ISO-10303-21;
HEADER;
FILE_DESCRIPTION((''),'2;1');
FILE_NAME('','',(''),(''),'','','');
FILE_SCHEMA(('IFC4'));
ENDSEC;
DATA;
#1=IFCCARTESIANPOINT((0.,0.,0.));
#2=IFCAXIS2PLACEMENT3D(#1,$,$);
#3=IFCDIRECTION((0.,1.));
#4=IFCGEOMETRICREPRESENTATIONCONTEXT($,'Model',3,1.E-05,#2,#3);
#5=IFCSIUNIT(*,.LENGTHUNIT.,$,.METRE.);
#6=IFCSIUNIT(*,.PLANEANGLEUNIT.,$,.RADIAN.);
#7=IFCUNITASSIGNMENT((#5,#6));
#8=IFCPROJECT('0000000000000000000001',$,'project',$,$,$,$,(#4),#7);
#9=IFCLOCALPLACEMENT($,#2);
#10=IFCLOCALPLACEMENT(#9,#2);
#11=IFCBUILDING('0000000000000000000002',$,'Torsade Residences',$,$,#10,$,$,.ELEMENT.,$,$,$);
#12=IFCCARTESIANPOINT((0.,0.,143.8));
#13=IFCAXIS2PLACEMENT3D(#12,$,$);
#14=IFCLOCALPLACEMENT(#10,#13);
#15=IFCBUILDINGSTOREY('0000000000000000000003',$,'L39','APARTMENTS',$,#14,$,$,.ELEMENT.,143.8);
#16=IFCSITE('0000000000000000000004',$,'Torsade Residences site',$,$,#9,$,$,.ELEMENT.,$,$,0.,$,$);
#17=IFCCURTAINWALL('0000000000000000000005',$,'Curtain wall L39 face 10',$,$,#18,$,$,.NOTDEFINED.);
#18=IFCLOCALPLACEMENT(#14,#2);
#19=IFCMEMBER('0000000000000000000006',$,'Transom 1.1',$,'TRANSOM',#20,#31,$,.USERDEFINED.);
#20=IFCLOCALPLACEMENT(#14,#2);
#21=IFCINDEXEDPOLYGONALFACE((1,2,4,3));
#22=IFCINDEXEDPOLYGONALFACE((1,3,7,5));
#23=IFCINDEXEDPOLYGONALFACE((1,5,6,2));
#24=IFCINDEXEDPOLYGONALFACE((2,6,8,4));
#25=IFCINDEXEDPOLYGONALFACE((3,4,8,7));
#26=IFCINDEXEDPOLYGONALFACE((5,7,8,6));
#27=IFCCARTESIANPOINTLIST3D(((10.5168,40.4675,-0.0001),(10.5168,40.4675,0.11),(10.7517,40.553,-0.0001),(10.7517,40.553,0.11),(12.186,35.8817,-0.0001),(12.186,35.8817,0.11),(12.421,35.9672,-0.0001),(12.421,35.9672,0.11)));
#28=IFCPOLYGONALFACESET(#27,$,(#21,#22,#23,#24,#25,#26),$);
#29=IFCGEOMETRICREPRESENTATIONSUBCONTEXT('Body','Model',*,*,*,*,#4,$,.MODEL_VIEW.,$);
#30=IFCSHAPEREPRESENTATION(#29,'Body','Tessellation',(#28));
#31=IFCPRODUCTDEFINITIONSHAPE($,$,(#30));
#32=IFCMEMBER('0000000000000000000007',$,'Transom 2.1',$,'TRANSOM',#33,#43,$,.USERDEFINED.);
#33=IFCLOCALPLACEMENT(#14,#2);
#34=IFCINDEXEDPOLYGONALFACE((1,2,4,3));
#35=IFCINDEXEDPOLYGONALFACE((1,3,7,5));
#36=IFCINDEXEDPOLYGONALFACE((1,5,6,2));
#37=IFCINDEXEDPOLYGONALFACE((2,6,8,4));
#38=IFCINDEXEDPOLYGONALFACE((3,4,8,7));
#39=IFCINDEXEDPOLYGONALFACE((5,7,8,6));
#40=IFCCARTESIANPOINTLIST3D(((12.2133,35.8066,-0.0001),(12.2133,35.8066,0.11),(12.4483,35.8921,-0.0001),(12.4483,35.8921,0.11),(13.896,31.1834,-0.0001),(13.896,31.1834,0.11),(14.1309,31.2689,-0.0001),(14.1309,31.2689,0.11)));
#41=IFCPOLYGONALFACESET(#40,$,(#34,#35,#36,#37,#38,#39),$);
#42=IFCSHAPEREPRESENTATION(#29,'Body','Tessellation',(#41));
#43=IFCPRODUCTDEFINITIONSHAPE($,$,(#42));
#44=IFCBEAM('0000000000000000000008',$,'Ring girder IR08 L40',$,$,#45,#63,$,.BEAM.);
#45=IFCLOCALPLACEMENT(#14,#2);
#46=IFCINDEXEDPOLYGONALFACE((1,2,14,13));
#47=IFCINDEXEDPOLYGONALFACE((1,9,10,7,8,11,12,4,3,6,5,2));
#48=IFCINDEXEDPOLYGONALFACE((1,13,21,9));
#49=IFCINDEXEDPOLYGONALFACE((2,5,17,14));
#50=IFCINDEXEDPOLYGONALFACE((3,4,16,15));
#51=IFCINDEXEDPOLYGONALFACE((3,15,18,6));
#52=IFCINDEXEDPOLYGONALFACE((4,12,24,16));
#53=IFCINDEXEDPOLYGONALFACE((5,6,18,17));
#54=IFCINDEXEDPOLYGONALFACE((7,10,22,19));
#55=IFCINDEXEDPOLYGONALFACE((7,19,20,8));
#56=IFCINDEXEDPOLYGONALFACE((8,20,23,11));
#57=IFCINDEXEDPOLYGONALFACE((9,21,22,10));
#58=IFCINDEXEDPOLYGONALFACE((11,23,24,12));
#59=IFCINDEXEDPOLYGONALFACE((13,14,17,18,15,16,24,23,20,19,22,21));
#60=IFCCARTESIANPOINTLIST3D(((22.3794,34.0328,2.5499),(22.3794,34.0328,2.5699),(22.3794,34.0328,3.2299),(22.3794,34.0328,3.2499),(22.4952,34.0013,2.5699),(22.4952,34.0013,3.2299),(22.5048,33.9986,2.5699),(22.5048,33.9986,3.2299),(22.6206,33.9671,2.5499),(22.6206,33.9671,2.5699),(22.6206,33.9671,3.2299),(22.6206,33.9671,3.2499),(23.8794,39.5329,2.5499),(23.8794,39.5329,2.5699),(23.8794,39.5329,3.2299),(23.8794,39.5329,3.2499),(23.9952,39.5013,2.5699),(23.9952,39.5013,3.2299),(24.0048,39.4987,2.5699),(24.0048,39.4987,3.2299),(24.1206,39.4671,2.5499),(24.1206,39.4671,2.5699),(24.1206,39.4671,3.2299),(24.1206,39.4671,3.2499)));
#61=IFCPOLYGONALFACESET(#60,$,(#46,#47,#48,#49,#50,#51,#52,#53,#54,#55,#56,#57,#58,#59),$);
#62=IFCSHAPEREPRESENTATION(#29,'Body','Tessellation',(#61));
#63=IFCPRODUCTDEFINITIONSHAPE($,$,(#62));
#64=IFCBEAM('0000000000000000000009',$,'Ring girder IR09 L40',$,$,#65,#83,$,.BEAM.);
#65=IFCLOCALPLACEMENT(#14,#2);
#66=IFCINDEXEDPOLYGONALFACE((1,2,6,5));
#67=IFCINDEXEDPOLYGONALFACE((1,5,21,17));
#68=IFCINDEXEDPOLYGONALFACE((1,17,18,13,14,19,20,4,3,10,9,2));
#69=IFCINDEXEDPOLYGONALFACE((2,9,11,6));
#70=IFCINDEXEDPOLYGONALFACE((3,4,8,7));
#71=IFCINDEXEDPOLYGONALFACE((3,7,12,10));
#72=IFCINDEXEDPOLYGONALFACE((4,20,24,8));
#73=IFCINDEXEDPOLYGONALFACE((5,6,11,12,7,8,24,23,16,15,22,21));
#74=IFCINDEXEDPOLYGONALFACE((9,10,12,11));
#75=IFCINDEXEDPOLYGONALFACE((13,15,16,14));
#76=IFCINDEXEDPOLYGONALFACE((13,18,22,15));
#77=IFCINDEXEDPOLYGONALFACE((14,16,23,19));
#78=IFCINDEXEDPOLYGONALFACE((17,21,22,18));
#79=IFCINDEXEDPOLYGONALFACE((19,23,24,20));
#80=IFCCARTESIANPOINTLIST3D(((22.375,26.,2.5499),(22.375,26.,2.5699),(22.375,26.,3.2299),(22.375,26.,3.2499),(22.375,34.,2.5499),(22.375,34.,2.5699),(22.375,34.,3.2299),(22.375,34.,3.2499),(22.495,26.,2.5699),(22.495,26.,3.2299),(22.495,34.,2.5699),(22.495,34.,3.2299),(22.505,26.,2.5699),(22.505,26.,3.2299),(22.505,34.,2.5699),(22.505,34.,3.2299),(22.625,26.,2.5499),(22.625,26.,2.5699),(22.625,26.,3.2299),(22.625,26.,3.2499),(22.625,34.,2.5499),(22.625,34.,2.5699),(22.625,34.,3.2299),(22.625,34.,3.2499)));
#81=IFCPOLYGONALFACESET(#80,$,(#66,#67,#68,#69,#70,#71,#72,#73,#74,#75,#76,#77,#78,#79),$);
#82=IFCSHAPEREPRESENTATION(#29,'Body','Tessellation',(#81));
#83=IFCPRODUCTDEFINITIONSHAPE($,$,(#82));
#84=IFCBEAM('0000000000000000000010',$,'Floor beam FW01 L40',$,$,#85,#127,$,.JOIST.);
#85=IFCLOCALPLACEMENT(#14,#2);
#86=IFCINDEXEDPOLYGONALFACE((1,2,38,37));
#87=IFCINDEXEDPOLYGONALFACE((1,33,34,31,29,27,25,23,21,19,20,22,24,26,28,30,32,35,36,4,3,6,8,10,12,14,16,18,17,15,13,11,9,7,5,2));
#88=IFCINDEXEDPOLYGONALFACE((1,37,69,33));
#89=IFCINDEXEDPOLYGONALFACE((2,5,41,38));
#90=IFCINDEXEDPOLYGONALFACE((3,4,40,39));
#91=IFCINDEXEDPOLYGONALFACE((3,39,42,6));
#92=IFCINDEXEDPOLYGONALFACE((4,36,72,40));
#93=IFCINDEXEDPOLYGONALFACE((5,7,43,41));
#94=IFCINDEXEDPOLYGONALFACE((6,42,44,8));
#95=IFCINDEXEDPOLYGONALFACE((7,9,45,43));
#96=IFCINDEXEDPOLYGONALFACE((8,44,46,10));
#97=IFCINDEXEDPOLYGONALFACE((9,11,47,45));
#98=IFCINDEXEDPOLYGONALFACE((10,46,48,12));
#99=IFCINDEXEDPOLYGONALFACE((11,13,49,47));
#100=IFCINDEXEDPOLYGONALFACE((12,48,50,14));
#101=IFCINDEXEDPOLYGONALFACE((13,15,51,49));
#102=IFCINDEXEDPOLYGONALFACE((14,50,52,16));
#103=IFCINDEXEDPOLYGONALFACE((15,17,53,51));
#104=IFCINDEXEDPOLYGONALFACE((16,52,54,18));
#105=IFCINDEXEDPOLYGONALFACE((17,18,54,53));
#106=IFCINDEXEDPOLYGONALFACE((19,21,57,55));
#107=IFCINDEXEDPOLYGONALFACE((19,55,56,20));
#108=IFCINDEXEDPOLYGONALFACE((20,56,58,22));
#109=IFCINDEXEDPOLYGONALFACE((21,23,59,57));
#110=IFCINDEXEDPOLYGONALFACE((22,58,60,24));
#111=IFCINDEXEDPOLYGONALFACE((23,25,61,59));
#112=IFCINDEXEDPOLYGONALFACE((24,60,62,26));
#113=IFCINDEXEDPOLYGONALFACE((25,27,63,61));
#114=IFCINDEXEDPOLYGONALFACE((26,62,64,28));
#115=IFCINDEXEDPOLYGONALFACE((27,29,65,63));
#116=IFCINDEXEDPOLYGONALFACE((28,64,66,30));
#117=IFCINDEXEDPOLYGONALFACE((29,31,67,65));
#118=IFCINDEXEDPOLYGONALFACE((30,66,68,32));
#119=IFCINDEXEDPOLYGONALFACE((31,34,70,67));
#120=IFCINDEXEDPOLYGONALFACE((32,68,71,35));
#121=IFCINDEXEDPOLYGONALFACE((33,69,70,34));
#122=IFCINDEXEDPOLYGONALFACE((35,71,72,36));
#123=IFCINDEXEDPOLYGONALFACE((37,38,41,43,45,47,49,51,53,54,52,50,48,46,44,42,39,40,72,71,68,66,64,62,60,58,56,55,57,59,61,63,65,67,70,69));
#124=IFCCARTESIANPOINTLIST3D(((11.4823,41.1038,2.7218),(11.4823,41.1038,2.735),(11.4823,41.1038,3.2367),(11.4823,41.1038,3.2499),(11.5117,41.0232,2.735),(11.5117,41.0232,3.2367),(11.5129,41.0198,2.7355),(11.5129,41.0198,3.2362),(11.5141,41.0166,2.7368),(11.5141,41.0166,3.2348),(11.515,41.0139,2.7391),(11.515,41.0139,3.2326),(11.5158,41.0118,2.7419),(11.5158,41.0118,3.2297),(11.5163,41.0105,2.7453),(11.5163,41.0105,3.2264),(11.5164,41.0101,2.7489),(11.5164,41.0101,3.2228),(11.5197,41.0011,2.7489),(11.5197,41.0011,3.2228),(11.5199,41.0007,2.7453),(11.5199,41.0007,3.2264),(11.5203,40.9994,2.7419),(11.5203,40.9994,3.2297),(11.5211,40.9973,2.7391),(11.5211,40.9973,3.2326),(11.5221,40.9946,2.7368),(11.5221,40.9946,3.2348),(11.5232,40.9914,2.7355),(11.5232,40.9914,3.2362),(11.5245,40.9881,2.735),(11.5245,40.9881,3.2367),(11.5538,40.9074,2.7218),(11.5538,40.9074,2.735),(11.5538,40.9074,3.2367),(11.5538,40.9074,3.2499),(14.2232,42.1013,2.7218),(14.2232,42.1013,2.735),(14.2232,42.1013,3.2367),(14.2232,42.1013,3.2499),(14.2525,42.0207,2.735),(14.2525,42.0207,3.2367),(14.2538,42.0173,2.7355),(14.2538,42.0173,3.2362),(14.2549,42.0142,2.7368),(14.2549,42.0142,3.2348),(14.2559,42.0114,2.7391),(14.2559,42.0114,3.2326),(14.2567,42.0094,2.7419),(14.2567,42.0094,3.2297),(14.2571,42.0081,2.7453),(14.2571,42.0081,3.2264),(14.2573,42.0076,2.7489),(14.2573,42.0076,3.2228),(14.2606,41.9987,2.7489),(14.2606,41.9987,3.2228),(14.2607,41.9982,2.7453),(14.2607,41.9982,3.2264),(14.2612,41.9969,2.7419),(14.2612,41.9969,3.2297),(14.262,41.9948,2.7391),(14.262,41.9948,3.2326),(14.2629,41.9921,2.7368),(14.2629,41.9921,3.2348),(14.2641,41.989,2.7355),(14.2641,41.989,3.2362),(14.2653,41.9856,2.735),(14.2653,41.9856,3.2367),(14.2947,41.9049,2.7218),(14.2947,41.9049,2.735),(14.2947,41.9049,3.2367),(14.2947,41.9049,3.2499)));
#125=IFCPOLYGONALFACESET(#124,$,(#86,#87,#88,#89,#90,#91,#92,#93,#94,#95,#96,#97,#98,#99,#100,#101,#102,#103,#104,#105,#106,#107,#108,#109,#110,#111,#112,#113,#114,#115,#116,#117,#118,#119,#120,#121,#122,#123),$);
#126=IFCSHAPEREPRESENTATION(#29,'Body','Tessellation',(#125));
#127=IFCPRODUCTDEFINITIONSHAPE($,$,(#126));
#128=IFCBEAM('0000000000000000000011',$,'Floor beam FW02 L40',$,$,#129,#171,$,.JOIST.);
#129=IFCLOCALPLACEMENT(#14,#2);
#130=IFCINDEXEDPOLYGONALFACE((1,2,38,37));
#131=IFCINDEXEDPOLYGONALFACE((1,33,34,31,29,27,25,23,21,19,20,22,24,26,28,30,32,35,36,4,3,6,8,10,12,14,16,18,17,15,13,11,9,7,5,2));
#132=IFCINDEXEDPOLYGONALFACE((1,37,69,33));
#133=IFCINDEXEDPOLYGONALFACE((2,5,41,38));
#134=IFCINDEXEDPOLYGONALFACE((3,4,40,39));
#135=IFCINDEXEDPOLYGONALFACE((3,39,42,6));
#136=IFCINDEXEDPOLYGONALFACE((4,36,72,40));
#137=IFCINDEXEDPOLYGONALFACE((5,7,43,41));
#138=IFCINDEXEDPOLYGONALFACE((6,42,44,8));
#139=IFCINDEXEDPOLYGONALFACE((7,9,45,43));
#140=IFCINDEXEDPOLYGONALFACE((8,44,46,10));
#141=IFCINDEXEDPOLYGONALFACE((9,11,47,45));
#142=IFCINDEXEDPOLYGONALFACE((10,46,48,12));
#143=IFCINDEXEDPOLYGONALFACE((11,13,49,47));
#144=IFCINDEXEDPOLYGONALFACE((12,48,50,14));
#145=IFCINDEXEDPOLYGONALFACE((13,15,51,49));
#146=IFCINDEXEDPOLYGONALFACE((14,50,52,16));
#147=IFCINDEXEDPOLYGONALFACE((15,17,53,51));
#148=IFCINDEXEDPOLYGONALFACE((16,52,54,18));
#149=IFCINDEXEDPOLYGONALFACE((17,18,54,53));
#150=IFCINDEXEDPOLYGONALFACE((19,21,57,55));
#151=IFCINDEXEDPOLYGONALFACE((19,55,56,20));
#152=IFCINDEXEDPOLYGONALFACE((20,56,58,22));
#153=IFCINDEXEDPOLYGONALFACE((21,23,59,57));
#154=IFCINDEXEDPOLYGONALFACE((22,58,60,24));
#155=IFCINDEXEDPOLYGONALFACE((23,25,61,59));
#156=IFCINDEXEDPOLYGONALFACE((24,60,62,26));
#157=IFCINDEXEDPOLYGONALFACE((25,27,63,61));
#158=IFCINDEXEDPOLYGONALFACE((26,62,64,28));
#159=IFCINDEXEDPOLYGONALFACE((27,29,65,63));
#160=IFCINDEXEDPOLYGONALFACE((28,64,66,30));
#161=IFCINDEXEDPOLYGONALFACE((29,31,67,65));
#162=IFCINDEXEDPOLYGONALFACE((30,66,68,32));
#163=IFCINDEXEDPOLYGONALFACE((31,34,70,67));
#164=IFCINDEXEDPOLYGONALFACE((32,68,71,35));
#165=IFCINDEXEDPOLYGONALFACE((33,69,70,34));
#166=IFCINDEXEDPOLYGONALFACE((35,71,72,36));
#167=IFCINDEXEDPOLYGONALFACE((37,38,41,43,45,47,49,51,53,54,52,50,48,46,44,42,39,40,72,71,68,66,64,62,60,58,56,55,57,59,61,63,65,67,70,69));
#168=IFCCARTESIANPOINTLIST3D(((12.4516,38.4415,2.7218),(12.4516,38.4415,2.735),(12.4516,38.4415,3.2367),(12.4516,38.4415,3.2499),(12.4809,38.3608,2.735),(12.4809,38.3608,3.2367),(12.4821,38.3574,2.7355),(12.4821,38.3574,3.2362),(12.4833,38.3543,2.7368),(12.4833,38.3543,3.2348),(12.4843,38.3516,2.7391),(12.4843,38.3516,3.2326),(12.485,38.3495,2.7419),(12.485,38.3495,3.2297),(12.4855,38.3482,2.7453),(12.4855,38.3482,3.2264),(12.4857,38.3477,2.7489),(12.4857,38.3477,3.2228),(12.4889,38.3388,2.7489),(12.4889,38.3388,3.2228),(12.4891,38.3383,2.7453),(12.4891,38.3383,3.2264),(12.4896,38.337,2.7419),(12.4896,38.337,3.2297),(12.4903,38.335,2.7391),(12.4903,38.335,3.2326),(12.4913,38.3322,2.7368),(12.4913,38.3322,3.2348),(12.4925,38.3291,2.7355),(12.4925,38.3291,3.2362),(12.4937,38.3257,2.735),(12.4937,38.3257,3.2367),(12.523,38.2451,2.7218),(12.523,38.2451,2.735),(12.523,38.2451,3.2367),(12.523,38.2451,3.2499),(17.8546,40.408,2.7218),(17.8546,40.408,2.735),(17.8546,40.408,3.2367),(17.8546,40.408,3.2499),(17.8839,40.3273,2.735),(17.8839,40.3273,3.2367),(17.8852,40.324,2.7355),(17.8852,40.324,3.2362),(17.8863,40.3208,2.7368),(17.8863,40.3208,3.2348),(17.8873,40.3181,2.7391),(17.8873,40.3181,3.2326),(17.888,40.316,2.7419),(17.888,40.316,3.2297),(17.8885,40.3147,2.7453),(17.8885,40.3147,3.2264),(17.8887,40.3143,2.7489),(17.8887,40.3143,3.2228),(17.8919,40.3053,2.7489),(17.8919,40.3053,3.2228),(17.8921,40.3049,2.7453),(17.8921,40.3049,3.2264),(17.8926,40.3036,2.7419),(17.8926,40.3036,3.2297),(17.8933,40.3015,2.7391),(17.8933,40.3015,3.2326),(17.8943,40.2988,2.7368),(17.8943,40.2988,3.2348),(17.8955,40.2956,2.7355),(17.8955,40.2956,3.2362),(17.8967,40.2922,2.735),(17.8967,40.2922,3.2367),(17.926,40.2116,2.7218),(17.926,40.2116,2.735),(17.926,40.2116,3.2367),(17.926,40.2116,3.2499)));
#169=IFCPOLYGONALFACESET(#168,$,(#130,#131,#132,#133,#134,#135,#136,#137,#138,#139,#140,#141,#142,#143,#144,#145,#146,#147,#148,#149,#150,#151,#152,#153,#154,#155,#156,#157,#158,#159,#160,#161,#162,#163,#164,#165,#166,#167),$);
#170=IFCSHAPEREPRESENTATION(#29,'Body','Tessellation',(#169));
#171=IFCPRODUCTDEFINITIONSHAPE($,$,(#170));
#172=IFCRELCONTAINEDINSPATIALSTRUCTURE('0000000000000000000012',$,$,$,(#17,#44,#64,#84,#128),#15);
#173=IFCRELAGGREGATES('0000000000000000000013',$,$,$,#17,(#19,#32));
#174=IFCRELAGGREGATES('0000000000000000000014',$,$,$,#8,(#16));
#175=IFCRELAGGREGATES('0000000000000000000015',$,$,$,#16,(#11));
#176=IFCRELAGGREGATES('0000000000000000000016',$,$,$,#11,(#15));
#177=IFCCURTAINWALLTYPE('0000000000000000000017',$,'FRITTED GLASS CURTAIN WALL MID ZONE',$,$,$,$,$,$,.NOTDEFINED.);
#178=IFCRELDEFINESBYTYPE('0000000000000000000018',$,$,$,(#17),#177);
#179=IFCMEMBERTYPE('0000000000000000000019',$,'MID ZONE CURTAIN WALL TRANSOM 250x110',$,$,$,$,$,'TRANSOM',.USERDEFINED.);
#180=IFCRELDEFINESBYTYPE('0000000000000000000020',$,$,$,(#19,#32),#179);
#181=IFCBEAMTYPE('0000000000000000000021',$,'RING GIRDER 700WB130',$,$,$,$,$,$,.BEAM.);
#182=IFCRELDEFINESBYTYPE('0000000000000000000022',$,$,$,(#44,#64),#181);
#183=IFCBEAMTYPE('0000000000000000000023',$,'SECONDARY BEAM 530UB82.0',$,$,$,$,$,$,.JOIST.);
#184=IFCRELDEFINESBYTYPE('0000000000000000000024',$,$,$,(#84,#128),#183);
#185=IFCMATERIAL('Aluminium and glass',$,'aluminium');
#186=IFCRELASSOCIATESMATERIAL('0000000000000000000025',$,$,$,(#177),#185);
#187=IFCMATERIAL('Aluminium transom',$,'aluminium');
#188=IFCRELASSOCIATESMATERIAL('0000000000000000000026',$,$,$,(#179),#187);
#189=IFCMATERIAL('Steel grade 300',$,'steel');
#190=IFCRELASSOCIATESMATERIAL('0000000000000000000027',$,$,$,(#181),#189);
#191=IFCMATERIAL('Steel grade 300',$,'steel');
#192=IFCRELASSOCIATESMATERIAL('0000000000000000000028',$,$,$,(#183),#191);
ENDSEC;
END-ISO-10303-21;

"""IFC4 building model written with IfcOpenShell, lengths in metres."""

from ifc_helpers import new_model, si_unit, direction, frame, origin, origin_2d, place, context, subcontext, project, spatial, rectangle, i_section, extrude, material, material_profile, profile_set, type_object, element, aggregate, save


model = new_model("IFC4")

# Units and contexts
model_context = context("Model", 3, precision=1e-05, world=origin(), true_north=direction((0.0, 1.0)))
body_context = subcontext(model_context, "Body", "Model", "MODEL_VIEW")
ifc_project = project(units=[si_unit("LENGTHUNIT", "METRE"), si_unit("PLANEANGLEUNIT", "RADIAN")], contexts=[model_context])

# Site, building, storey
site_placement = place(None, origin())
site = spatial("IfcSite", under=ifc_project, at=site_placement, Name="Torsade Residences site", CompositionType="ELEMENT", RefElevation=0.0)
building_placement = place(site_placement, origin())
building = spatial("IfcBuilding", under=site, at=building_placement, Name="Torsade Residences", CompositionType="ELEMENT")
storey_placement = place(building_placement, frame((0.0, 0.0, 143.8)))
storey = spatial("IfcBuildingStorey", under=building, at=storey_placement, Name="L39", Description="APARTMENTS", CompositionType="ELEMENT", Elevation=143.8)

# Curtain wall, members
ifc_material_1 = material(Name="Aluminium and glass", Category="aluminium")
curtain_wall_type = type_object("IfcCurtainWallType", Name="FRITTED GLASS CURTAIN WALL MID ZONE", PredefinedType="NOTDEFINED", material=ifc_material_1)
curtain_wall_placement = place(storey_placement, origin())
curtain_wall = element("IfcCurtainWall", 1, at=curtain_wall_placement, inside=storey, type_object=curtain_wall_type, Name="Curtain wall L39 face 10", PredefinedType="NOTDEFINED")
ifc_material_2 = material(Name="Aluminium transom", Category="aluminium")
ifc_material_profile_1 = material_profile(ifc_material_2, rectangle(XDim=0.25, YDim=0.1101, at=origin_2d()), Name="MID ZONE CURTAIN WALL TRANSOM 250x110")
ifc_profile_set_1 = profile_set([ifc_material_profile_1], Name="Aluminium transom")
member_type_1 = type_object("IfcMemberType", Name="MID ZONE CURTAIN WALL TRANSOM 250x110", ElementType="TRANSOM", PredefinedType="USERDEFINED", material=ifc_profile_set_1)
member_1_placement = place(storey_placement, frame((10.6343, 40.5103, 0.0549), z_axis=(0.342044, -0.939684, 0.0), x_axis=(0.939684, 0.342044, 0.0)))
member_1 = element("IfcMember", 2, at=member_1_placement, type_object=member_type_1, Name="Transom 1.1", ObjectType="TRANSOM", PredefinedType="USERDEFINED", context=body_context, shape_type="SweptSolid", body=[
    extrude(rectangle(XDim=0.25, YDim=0.1101, at=origin_2d()), origin(), (0.0, 0.0, 1.0), 4.8801),
])
member_2_placement = place(storey_placement, frame((12.3308, 35.8494, 0.0549), z_axis=(0.341998, -0.939701, 0.0), x_axis=(0.939701, 0.341998, 0.0)))
member_2 = element("IfcMember", 3, at=member_2_placement, type_object=member_type_1, Name="Transom 2.1", ObjectType="TRANSOM", PredefinedType="USERDEFINED", context=body_context, shape_type="SweptSolid", body=[
    extrude(rectangle(XDim=0.25, YDim=0.1101, at=origin_2d()), origin(), (0.0, 0.0, 1.0), 4.9199),
])

# Beams
ifc_material_3 = material(Name="Steel grade 300", Category="steel")
ifc_material_profile_2 = material_profile(ifc_material_3, i_section(OverallWidth=0.25, OverallDepth=0.7, WebThickness=0.01, FlangeThickness=0.02, at=origin_2d()), Name="700WB130")
ifc_profile_set_2 = profile_set([ifc_material_profile_2], Name="Steel grade 300")
beam_type_1 = type_object("IfcBeamType", Name="RING GIRDER 700WB130", PredefinedType="BEAM", material=ifc_profile_set_2)
beam_1_placement = place(storey_placement, frame((24.0, 39.5, 2.8999), z_axis=(-0.263117, -0.964764, 0.0), x_axis=(0.964764, -0.263117, 0.0)))
element("IfcBeam", 4, at=beam_1_placement, inside=storey, type_object=beam_type_1, Name="Ring girder IR08 L40", PredefinedType="BEAM", context=body_context, shape_type="SweptSolid", body=[
    extrude(i_section(OverallWidth=0.25, OverallDepth=0.7, WebThickness=0.01, FlangeThickness=0.02, at=origin_2d()), origin(), (0.0, 0.0, 1.0), 5.7009),
])
beam_2_placement = place(storey_placement, frame((22.5, 34.0, 2.8999), z_axis=(0.0, -1.0, 0.0), x_axis=(1.0, 0.0, 0.0)))
element("IfcBeam", 5, at=beam_2_placement, inside=storey, type_object=beam_type_1, Name="Ring girder IR09 L40", PredefinedType="BEAM", context=body_context, shape_type="SweptSolid", body=[
    extrude(i_section(OverallWidth=0.25, OverallDepth=0.7, WebThickness=0.01, FlangeThickness=0.02, at=origin_2d()), origin(), (0.0, 0.0, 1.0), 8.0),
])
ifc_material_4 = material(Name="Steel grade 300", Category="steel")
ifc_material_profile_3 = material_profile(ifc_material_4, i_section(OverallWidth=0.209, OverallDepth=0.5281, WebThickness=0.0095, FlangeThickness=0.0132, FilletRadius=0.0139, at=origin_2d()), Name="530UB82.0")
ifc_profile_set_3 = profile_set([ifc_material_profile_3], Name="Steel grade 300")
beam_type_2 = type_object("IfcBeamType", Name="SECONDARY BEAM 530UB82.0", PredefinedType="JOIST", material=ifc_profile_set_3)
beam_3_placement = place(storey_placement, frame((11.5181, 41.0056, 2.9858), z_axis=(0.939701, 0.341998, 0.0), x_axis=(-0.341998, 0.939701, 0.0)))
element("IfcBeam", 6, at=beam_3_placement, inside=storey, type_object=beam_type_2, Name="Floor beam FW01 L40", PredefinedType="JOIST", context=body_context, shape_type="SweptSolid", body=[
    extrude(i_section(OverallWidth=0.209, OverallDepth=0.5281, WebThickness=0.0095, FlangeThickness=0.0132, FilletRadius=0.0139, at=origin_2d()), origin(), (0.0, 0.0, 1.0), 2.9167),
])
beam_4_placement = place(storey_placement, frame((12.4873, 38.3433, 2.9858), z_axis=(0.939693, 0.342019, 0.0), x_axis=(-0.342019, 0.939693, 0.0)))
element("IfcBeam", 7, at=beam_4_placement, inside=storey, type_object=beam_type_2, Name="Floor beam FW02 L40", PredefinedType="JOIST", context=body_context, shape_type="SweptSolid", body=[
    extrude(i_section(OverallWidth=0.209, OverallDepth=0.5281, WebThickness=0.0095, FlangeThickness=0.0132, FilletRadius=0.0139, at=origin_2d()), origin(), (0.0, 0.0, 1.0), 5.7498),
])

aggregate(curtain_wall, [member_1, member_2])

save(model, "model.ifc")
